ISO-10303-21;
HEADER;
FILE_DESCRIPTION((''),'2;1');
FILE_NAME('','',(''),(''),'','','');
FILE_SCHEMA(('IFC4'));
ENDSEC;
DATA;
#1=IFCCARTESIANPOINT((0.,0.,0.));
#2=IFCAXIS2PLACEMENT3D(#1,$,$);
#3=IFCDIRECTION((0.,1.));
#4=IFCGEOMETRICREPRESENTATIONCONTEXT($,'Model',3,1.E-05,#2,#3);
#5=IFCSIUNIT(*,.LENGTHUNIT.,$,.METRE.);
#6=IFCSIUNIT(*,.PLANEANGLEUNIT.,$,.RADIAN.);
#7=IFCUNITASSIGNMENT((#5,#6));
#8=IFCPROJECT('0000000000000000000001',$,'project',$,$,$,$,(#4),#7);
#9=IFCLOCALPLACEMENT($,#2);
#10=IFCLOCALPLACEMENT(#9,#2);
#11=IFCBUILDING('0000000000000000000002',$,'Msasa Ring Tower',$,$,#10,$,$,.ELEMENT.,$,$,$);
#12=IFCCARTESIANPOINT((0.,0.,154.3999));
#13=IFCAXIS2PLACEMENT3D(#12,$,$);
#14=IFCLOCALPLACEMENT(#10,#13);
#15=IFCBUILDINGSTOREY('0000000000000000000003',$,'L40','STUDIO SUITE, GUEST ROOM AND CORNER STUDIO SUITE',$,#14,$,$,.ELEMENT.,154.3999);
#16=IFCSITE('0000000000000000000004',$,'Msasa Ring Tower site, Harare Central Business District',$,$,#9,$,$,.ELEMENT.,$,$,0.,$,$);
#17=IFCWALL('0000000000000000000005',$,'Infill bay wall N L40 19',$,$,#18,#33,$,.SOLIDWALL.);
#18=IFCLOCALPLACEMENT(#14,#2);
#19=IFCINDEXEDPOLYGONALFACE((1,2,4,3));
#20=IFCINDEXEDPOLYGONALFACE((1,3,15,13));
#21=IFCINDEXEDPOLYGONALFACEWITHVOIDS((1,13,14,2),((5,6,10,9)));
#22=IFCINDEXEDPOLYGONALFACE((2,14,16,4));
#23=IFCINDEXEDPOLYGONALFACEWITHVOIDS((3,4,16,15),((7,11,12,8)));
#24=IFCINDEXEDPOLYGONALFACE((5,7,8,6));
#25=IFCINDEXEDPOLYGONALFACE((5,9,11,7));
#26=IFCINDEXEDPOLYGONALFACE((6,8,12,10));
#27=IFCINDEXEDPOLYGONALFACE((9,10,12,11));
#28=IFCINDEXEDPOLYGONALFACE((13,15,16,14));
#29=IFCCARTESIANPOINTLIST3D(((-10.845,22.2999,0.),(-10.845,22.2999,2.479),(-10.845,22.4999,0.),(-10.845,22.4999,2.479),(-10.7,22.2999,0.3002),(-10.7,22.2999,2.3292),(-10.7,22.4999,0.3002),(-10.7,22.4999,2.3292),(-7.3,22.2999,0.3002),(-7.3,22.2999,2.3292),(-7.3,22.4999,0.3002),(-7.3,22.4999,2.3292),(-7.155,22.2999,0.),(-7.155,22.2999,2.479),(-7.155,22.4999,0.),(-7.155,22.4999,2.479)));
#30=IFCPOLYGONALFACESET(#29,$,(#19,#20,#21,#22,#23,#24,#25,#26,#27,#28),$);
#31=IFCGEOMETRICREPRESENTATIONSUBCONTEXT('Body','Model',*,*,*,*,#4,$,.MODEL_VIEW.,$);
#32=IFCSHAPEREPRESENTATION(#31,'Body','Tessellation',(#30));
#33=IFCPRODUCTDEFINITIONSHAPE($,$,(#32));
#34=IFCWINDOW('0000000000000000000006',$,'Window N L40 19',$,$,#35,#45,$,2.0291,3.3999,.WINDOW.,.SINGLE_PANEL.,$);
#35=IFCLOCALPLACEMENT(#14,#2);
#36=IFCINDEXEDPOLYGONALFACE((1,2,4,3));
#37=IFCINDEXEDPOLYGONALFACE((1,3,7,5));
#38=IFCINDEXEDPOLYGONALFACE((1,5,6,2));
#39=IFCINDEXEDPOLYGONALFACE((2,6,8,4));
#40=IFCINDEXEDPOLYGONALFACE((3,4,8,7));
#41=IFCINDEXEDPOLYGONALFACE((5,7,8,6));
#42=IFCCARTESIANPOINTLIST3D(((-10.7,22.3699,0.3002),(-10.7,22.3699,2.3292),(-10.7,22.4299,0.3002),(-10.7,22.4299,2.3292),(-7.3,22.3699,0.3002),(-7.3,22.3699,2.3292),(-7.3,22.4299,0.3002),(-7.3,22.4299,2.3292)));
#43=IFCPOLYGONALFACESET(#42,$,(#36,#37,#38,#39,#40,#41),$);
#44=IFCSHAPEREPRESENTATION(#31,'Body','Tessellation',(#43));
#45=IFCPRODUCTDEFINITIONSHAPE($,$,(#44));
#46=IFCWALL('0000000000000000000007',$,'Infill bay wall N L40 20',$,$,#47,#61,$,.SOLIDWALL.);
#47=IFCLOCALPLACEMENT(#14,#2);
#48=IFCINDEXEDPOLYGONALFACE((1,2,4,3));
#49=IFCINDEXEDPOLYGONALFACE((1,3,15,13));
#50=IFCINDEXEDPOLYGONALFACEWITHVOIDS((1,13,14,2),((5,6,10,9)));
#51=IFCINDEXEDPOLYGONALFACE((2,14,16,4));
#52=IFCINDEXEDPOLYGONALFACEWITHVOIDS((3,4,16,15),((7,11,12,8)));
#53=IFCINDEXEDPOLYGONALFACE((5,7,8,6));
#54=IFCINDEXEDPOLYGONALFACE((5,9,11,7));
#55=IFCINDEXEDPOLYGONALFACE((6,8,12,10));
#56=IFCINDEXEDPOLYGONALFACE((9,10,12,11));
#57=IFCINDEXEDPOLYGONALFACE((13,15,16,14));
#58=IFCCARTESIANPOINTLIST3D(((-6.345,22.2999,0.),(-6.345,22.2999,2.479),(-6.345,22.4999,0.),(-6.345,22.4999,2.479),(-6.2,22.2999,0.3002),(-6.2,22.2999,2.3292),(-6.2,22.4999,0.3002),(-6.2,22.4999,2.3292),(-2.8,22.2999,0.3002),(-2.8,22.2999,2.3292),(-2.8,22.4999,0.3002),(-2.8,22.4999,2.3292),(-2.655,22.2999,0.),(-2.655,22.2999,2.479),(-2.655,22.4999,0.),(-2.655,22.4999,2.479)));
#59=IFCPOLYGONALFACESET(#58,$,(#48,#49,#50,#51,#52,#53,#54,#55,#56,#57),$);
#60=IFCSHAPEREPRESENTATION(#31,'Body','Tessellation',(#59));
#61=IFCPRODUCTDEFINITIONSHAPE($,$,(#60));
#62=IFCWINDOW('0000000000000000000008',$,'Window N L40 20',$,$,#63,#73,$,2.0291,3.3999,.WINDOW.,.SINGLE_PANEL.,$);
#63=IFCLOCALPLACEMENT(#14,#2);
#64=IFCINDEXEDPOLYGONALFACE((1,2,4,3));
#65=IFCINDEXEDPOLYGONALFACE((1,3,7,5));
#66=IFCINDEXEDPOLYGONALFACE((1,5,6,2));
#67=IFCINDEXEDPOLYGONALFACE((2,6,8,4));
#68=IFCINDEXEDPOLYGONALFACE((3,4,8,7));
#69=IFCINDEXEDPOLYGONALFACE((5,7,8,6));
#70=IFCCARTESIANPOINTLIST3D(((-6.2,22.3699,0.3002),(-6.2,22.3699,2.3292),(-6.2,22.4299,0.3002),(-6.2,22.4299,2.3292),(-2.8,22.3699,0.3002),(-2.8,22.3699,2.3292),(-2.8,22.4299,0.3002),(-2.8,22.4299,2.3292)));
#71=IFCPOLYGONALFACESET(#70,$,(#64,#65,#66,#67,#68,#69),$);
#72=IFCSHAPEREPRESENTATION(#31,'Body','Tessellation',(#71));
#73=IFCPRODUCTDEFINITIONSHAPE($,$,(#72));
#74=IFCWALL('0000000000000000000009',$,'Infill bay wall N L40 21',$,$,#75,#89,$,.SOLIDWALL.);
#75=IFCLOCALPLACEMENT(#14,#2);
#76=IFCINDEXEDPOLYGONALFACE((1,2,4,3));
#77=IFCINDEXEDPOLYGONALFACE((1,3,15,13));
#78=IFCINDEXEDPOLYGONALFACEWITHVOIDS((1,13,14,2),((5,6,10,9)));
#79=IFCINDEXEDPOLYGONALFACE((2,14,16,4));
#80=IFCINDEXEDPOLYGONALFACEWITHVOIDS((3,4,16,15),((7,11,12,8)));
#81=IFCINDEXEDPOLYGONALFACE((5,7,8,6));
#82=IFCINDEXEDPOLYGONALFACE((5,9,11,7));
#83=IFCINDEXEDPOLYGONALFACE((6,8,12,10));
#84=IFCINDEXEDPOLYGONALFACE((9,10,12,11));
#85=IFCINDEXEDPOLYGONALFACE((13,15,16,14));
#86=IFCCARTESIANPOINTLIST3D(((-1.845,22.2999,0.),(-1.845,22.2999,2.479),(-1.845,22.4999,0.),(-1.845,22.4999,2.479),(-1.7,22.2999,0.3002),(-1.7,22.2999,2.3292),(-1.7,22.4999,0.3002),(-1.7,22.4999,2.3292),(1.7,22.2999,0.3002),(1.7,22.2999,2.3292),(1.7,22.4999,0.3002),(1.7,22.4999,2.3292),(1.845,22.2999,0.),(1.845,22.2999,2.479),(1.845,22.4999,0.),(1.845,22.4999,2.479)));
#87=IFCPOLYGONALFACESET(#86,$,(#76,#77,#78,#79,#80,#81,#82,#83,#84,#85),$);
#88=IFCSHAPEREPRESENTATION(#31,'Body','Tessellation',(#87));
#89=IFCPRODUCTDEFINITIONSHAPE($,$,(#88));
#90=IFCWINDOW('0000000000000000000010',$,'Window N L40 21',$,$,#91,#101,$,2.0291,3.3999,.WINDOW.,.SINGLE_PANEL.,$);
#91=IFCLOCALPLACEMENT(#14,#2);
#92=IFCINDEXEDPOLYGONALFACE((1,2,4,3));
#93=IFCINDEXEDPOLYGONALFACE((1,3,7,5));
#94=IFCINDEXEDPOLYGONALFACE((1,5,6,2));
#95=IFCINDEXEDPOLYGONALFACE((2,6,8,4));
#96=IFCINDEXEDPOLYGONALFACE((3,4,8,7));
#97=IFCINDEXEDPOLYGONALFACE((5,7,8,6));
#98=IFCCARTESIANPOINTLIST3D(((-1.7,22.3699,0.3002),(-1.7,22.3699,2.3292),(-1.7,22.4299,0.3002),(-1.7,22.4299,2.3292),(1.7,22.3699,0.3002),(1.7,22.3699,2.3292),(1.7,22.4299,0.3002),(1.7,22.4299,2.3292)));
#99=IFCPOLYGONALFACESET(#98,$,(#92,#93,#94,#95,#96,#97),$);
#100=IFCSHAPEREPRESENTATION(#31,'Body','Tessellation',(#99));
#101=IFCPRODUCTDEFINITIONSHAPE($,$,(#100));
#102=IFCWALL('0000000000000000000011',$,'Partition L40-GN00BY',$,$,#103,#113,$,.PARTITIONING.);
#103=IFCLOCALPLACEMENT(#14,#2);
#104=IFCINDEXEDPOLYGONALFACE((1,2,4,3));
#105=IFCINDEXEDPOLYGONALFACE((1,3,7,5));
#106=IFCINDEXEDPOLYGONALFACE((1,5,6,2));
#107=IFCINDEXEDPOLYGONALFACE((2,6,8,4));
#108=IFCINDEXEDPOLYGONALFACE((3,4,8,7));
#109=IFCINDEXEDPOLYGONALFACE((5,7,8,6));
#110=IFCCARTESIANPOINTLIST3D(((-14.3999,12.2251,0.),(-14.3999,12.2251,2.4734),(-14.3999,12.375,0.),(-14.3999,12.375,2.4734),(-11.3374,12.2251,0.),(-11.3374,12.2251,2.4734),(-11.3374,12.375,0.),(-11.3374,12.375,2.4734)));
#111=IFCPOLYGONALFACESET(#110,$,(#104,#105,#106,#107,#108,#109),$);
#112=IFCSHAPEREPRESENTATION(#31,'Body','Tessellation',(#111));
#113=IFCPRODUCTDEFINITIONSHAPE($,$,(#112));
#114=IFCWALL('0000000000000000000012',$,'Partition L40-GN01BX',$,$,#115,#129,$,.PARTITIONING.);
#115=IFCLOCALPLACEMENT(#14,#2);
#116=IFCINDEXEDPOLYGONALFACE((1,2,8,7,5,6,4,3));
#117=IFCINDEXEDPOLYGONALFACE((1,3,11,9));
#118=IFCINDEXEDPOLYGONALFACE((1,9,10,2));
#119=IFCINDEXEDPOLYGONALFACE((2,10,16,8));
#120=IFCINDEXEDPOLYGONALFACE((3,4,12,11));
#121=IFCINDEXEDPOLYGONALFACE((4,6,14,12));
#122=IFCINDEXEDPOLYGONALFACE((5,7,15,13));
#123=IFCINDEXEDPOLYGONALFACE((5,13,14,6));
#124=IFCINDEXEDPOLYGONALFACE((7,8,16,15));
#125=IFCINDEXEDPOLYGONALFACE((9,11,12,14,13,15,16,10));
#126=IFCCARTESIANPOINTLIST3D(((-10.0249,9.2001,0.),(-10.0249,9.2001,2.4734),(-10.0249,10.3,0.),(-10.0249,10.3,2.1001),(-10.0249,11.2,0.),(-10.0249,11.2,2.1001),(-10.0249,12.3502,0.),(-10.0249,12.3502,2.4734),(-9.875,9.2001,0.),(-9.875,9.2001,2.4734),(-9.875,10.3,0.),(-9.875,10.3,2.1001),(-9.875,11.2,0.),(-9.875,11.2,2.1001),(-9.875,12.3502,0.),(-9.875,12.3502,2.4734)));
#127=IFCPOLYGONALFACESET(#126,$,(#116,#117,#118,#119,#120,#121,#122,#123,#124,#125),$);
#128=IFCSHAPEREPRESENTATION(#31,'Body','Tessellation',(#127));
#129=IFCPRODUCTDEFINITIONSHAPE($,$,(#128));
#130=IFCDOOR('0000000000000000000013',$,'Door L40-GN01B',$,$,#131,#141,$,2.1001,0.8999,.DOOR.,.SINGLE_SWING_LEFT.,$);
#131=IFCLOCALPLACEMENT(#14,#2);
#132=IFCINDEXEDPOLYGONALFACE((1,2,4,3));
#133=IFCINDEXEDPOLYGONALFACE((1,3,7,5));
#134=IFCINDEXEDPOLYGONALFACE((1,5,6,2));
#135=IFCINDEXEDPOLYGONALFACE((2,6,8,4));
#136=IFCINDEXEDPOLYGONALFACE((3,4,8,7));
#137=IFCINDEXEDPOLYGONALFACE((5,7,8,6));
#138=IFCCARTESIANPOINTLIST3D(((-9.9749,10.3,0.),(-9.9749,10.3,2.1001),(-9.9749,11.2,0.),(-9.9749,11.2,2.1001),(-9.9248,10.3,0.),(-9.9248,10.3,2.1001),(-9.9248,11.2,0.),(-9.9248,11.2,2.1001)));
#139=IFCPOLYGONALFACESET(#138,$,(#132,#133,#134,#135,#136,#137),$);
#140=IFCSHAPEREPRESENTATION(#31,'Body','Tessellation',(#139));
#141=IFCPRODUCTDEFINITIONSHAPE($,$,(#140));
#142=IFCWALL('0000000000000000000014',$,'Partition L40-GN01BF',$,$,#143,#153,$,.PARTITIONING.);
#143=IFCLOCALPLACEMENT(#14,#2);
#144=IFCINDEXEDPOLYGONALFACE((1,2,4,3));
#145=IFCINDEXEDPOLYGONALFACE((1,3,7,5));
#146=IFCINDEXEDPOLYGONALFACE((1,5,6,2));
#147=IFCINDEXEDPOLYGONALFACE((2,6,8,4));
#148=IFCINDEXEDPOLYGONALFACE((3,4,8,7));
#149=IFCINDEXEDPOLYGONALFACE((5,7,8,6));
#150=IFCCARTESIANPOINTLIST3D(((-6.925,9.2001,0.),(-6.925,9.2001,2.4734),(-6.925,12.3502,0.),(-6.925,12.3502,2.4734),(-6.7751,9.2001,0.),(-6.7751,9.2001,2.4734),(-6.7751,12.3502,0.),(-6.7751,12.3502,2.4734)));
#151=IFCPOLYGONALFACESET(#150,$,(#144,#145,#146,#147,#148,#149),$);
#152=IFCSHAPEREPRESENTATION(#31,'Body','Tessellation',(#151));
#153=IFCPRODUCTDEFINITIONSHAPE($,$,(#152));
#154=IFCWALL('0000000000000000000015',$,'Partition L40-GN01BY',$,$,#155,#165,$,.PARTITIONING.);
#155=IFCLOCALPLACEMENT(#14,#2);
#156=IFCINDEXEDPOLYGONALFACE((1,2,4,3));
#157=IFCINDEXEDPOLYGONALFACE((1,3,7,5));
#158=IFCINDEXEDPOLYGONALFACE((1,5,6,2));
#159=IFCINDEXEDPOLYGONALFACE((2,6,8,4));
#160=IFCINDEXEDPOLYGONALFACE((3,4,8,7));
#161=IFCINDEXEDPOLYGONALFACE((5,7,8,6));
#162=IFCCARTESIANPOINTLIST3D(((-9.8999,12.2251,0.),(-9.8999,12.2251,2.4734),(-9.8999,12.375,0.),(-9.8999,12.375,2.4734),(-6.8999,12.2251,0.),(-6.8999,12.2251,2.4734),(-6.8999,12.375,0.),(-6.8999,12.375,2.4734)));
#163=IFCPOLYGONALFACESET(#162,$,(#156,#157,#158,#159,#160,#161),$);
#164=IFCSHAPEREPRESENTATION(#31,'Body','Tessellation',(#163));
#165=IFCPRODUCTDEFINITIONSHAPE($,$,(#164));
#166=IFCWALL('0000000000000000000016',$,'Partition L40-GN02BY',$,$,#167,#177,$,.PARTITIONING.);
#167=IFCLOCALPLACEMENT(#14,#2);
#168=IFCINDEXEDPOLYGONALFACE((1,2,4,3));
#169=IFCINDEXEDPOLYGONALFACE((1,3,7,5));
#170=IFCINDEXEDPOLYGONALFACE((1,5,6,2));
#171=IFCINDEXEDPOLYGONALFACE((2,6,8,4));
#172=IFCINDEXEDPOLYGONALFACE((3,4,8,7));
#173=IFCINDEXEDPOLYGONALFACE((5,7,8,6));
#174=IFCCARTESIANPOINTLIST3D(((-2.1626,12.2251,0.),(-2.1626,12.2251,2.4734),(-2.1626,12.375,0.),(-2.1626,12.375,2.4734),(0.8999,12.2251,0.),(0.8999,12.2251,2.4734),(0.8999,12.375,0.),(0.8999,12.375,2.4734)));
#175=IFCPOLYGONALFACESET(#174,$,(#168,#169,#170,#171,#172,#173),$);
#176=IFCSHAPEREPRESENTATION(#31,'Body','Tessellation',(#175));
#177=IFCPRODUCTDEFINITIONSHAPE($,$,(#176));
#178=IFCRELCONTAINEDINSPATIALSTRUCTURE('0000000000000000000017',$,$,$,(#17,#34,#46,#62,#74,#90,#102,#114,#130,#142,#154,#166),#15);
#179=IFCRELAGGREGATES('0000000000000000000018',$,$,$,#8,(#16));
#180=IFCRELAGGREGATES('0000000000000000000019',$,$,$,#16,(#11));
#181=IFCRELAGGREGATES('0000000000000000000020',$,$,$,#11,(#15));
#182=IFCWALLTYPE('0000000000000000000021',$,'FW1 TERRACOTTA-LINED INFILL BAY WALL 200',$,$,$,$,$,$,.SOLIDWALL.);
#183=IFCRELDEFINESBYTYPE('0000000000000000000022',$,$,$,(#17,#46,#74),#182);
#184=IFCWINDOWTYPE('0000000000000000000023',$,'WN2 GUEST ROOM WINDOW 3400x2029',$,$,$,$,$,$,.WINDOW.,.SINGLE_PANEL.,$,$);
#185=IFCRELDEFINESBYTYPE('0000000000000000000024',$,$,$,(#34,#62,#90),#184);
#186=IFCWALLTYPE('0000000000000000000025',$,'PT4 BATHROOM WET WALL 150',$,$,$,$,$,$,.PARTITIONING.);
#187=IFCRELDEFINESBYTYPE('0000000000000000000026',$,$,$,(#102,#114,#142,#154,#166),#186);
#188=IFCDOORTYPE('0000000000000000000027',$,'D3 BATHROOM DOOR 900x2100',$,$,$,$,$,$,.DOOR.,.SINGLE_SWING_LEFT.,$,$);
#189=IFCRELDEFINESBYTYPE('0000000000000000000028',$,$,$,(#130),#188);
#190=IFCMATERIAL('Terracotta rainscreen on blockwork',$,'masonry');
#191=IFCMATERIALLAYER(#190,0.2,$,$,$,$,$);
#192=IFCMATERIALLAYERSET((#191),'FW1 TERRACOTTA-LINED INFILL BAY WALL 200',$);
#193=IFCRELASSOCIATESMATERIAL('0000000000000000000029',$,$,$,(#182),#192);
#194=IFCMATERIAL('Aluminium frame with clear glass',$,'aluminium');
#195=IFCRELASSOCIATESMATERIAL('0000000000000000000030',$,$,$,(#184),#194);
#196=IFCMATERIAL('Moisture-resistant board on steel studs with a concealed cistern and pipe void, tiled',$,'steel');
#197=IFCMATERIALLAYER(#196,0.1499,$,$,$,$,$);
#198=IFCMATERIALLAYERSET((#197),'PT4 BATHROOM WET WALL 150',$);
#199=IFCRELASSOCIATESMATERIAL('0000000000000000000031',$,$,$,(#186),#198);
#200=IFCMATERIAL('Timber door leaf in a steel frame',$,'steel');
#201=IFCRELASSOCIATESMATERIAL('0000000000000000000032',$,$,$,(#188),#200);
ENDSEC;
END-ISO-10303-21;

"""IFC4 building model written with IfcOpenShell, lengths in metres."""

from ifc_helpers import new_model, si_unit, direction, frame, frame_2d, origin, place, context, subcontext, project, spatial, rectangle, extrude, material, layer, layer_set, type_object, element, fill, save


model = new_model("IFC4")

# Units and contexts
model_context = context("Model", 3, precision=1e-05, world=origin(), true_north=direction((0.0, 1.0)))
body_context = subcontext(model_context, "Body", "Model", "MODEL_VIEW")
ifc_project = project(units=[si_unit("LENGTHUNIT", "METRE"), si_unit("PLANEANGLEUNIT", "RADIAN")], contexts=[model_context])

# Site, building, storey
site_placement = place(None, origin())
site = spatial("IfcSite", under=ifc_project, at=site_placement, Name="Msasa Ring Tower site, Harare Central Business District", CompositionType="ELEMENT", RefElevation=0.0)
building_placement = place(site_placement, origin())
building = spatial("IfcBuilding", under=site, at=building_placement, Name="Msasa Ring Tower", CompositionType="ELEMENT")
storey_placement = place(building_placement, frame((0.0, 0.0, 154.3999)))
storey = spatial("IfcBuildingStorey", under=building, at=storey_placement, Name="L40", Description="STUDIO SUITE, GUEST ROOM AND CORNER STUDIO SUITE", CompositionType="ELEMENT", Elevation=154.3999)

# Walls, openings, windows
ifc_material_1 = material(Name="Terracotta rainscreen on blockwork", Category="masonry")
ifc_layer_1 = layer(ifc_material_1, 0.2)
ifc_layer_set_1 = layer_set([ifc_layer_1], Name="FW1 TERRACOTTA-LINED INFILL BAY WALL 200")
wall_type_1 = type_object("IfcWallType", Name="FW1 TERRACOTTA-LINED INFILL BAY WALL 200", PredefinedType="SOLIDWALL", material=ifc_layer_set_1)
ifc_material_2 = material(Name="Aluminium frame with clear glass", Category="aluminium")
window_type = type_object("IfcWindowType", Name="WN2 GUEST ROOM WINDOW 3400x2029", PartitioningType="SINGLE_PANEL", PredefinedType="WINDOW", material=ifc_material_2)
wall_1_placement = place(storey_placement, frame((-10.845, 22.3999, 0.0), z_axis=(0.0, 0.0, 1.0), x_axis=(1.0, 0.0, 0.0)))
wall_1 = element("IfcWall", 1, at=wall_1_placement, inside=storey, type_object=wall_type_1, Name="Infill bay wall N L40 19", PredefinedType="SOLIDWALL", context=body_context, shape_type="SweptSolid", body=[
    extrude(rectangle(XDim=3.6899, YDim=0.2, at=frame_2d((1.845, 0.0))), origin(), (0.0, 0.0, 1.0), 2.479),
])
opening_1_placement = place(wall_1_placement, frame((0.145, 0.0, 0.3)))
opening_1 = element("IfcOpeningElement", 2, at=opening_1_placement, cuts=wall_1, PredefinedType="OPENING", context=body_context, shape_type="SweptSolid", body=[
    extrude(rectangle(XDim=3.3999, YDim=2.0291, at=frame_2d((1.7, 1.0146))), frame((0.0, 0.1099, 0.0), z_axis=(0.0, -1.0, 0.0), x_axis=(1.0, 0.0, 0.0)), (0.0, 0.0, 1.0), 0.22),
])
window_1_placement = place(opening_1_placement, origin())
window_1 = element("IfcWindow", 3, at=window_1_placement, inside=storey, type_object=window_type, Name="Window N L40 19", OverallHeight=2.0291, OverallWidth=3.3999, PartitioningType="SINGLE_PANEL", PredefinedType="WINDOW", context=body_context, shape_type="SweptSolid", body=[
    extrude(rectangle(XDim=3.3999, YDim=2.0291, at=frame_2d((1.7, 1.0146))), frame((0.0, 0.03, 0.0), z_axis=(0.0, -1.0, 0.0), x_axis=(1.0, 0.0, 0.0)), (0.0, 0.0, 1.0), 0.0601),
])
fill(opening_1, window_1)
wall_2_placement = place(storey_placement, frame((-6.345, 22.3999, 0.0), z_axis=(0.0, 0.0, 1.0), x_axis=(1.0, 0.0, 0.0)))
wall_2 = element("IfcWall", 4, at=wall_2_placement, inside=storey, type_object=wall_type_1, Name="Infill bay wall N L40 20", PredefinedType="SOLIDWALL", context=body_context, shape_type="SweptSolid", body=[
    extrude(rectangle(XDim=3.6899, YDim=0.2, at=frame_2d((1.845, 0.0))), origin(), (0.0, 0.0, 1.0), 2.479),
])
opening_2_placement = place(wall_2_placement, frame((0.145, 0.0, 0.3)))
opening_2 = element("IfcOpeningElement", 5, at=opening_2_placement, cuts=wall_2, PredefinedType="OPENING", context=body_context, shape_type="SweptSolid", body=[
    extrude(rectangle(XDim=3.3999, YDim=2.0291, at=frame_2d((1.7, 1.0146))), frame((0.0, 0.1099, 0.0), z_axis=(0.0, -1.0, 0.0), x_axis=(1.0, 0.0, 0.0)), (0.0, 0.0, 1.0), 0.22),
])
window_2_placement = place(opening_2_placement, origin())
window_2 = element("IfcWindow", 6, at=window_2_placement, inside=storey, type_object=window_type, Name="Window N L40 20", OverallHeight=2.0291, OverallWidth=3.3999, PartitioningType="SINGLE_PANEL", PredefinedType="WINDOW", context=body_context, shape_type="SweptSolid", body=[
    extrude(rectangle(XDim=3.3999, YDim=2.0291, at=frame_2d((1.7, 1.0146))), frame((0.0, 0.03, 0.0), z_axis=(0.0, -1.0, 0.0), x_axis=(1.0, 0.0, 0.0)), (0.0, 0.0, 1.0), 0.0601),
])
fill(opening_2, window_2)
wall_3_placement = place(storey_placement, frame((-1.845, 22.3999, 0.0), z_axis=(0.0, 0.0, 1.0), x_axis=(1.0, 0.0, 0.0)))
wall_3 = element("IfcWall", 7, at=wall_3_placement, inside=storey, type_object=wall_type_1, Name="Infill bay wall N L40 21", PredefinedType="SOLIDWALL", context=body_context, shape_type="SweptSolid", body=[
    extrude(rectangle(XDim=3.6899, YDim=0.2, at=frame_2d((1.845, 0.0))), origin(), (0.0, 0.0, 1.0), 2.479),
])
opening_3_placement = place(wall_3_placement, frame((0.145, 0.0, 0.3)))
opening_3 = element("IfcOpeningElement", 8, at=opening_3_placement, cuts=wall_3, PredefinedType="OPENING", context=body_context, shape_type="SweptSolid", body=[
    extrude(rectangle(XDim=3.3999, YDim=2.0291, at=frame_2d((1.7, 1.0146))), frame((0.0, 0.1099, 0.0), z_axis=(0.0, -1.0, 0.0), x_axis=(1.0, 0.0, 0.0)), (0.0, 0.0, 1.0), 0.22),
])
window_3_placement = place(opening_3_placement, origin())
window_3 = element("IfcWindow", 9, at=window_3_placement, inside=storey, type_object=window_type, Name="Window N L40 21", OverallHeight=2.0291, OverallWidth=3.3999, PartitioningType="SINGLE_PANEL", PredefinedType="WINDOW", context=body_context, shape_type="SweptSolid", body=[
    extrude(rectangle(XDim=3.3999, YDim=2.0291, at=frame_2d((1.7, 1.0146))), frame((0.0, 0.03, 0.0), z_axis=(0.0, -1.0, 0.0), x_axis=(1.0, 0.0, 0.0)), (0.0, 0.0, 1.0), 0.0601),
])
fill(opening_3, window_3)

# Wall
ifc_material_3 = material(Name="Moisture-resistant board on steel studs with a concealed cistern and pipe void, tiled", Category="steel")
ifc_layer_2 = layer(ifc_material_3, 0.1499)
ifc_layer_set_2 = layer_set([ifc_layer_2], Name="PT4 BATHROOM WET WALL 150")
wall_type_2 = type_object("IfcWallType", Name="PT4 BATHROOM WET WALL 150", PredefinedType="PARTITIONING", material=ifc_layer_set_2)
wall_4_placement = place(storey_placement, frame((-14.3999, 12.3, 0.0), z_axis=(0.0, 0.0, 1.0), x_axis=(1.0, 0.0, 0.0)))
element("IfcWall", 10, at=wall_4_placement, inside=storey, type_object=wall_type_2, Name="Partition L40-GN00BY", PredefinedType="PARTITIONING", context=body_context, shape_type="SweptSolid", body=[
    extrude(rectangle(XDim=3.0625, YDim=0.1499, at=frame_2d((1.5312, 0.0))), origin(), (0.0, 0.0, 1.0), 2.4734),
])

# Wall, opening, door
wall_5_placement = place(storey_placement, frame((-9.95, 9.2, 0.0), z_axis=(0.0, 0.0, 1.0), x_axis=(0.0, 1.0, 0.0)))
wall_5 = element("IfcWall", 11, at=wall_5_placement, inside=storey, type_object=wall_type_2, Name="Partition L40-GN01BX", PredefinedType="PARTITIONING", context=body_context, shape_type="SweptSolid", body=[
    extrude(rectangle(XDim=3.1501, YDim=0.1499, at=frame_2d((1.5752, 0.0))), origin(), (0.0, 0.0, 1.0), 2.4734),
])
opening_4_placement = place(wall_5_placement, frame((1.1001, 0.0, 0.0)))
opening_4 = element("IfcOpeningElement", 12, at=opening_4_placement, cuts=wall_5, PredefinedType="OPENING", context=body_context, shape_type="SweptSolid", body=[
    extrude(rectangle(XDim=0.8999, YDim=2.1001, at=frame_2d((0.45, 1.05))), frame((0.0, 0.085, 0.0), z_axis=(0.0, -1.0, 0.0), x_axis=(1.0, 0.0, 0.0)), (0.0, 0.0, 1.0), 0.1699),
])
ifc_material_4 = material(Name="Timber door leaf in a steel frame", Category="steel")
door_type = type_object("IfcDoorType", Name="D3 BATHROOM DOOR 900x2100", OperationType="SINGLE_SWING_LEFT", PredefinedType="DOOR", material=ifc_material_4)
door_placement = place(opening_4_placement, origin())
door = element("IfcDoor", 13, at=door_placement, inside=storey, type_object=door_type, Name="Door L40-GN01B", OperationType="SINGLE_SWING_LEFT", OverallHeight=2.1001, OverallWidth=0.8999, PredefinedType="DOOR", context=body_context, shape_type="SweptSolid", body=[
    extrude(rectangle(XDim=0.8999, YDim=2.1001, at=frame_2d((0.45, 1.05))), frame((0.0, 0.0249, 0.0), z_axis=(0.0, -1.0, 0.0), x_axis=(1.0, 0.0, 0.0)), (0.0, 0.0, 1.0), 0.05),
])
fill(opening_4, door)

# Walls
wall_6_placement = place(storey_placement, frame((-6.8501, 9.2, 0.0), z_axis=(0.0, 0.0, 1.0), x_axis=(0.0, 1.0, 0.0)))
element("IfcWall", 14, at=wall_6_placement, inside=storey, type_object=wall_type_2, Name="Partition L40-GN01BF", PredefinedType="PARTITIONING", context=body_context, shape_type="SweptSolid", body=[
    extrude(rectangle(XDim=3.1501, YDim=0.1499, at=frame_2d((1.5752, 0.0))), origin(), (0.0, 0.0, 1.0), 2.4734),
])
wall_7_placement = place(storey_placement, frame((-9.8999, 12.3, 0.0), z_axis=(0.0, 0.0, 1.0), x_axis=(1.0, 0.0, 0.0)))
element("IfcWall", 15, at=wall_7_placement, inside=storey, type_object=wall_type_2, Name="Partition L40-GN01BY", PredefinedType="PARTITIONING", context=body_context, shape_type="SweptSolid", body=[
    extrude(rectangle(XDim=3.0, YDim=0.1499, at=frame_2d((1.5, 0.0))), origin(), (0.0, 0.0, 1.0), 2.4734),
])
wall_8_placement = place(storey_placement, frame((-2.1626, 12.3, 0.0), z_axis=(0.0, 0.0, 1.0), x_axis=(1.0, 0.0, 0.0)))
element("IfcWall", 16, at=wall_8_placement, inside=storey, type_object=wall_type_2, Name="Partition L40-GN02BY", PredefinedType="PARTITIONING", context=body_context, shape_type="SweptSolid", body=[
    extrude(rectangle(XDim=3.0625, YDim=0.1499, at=frame_2d((1.5312, 0.0))), origin(), (0.0, 0.0, 1.0), 2.4734),
])

save(model, "model.ifc")
